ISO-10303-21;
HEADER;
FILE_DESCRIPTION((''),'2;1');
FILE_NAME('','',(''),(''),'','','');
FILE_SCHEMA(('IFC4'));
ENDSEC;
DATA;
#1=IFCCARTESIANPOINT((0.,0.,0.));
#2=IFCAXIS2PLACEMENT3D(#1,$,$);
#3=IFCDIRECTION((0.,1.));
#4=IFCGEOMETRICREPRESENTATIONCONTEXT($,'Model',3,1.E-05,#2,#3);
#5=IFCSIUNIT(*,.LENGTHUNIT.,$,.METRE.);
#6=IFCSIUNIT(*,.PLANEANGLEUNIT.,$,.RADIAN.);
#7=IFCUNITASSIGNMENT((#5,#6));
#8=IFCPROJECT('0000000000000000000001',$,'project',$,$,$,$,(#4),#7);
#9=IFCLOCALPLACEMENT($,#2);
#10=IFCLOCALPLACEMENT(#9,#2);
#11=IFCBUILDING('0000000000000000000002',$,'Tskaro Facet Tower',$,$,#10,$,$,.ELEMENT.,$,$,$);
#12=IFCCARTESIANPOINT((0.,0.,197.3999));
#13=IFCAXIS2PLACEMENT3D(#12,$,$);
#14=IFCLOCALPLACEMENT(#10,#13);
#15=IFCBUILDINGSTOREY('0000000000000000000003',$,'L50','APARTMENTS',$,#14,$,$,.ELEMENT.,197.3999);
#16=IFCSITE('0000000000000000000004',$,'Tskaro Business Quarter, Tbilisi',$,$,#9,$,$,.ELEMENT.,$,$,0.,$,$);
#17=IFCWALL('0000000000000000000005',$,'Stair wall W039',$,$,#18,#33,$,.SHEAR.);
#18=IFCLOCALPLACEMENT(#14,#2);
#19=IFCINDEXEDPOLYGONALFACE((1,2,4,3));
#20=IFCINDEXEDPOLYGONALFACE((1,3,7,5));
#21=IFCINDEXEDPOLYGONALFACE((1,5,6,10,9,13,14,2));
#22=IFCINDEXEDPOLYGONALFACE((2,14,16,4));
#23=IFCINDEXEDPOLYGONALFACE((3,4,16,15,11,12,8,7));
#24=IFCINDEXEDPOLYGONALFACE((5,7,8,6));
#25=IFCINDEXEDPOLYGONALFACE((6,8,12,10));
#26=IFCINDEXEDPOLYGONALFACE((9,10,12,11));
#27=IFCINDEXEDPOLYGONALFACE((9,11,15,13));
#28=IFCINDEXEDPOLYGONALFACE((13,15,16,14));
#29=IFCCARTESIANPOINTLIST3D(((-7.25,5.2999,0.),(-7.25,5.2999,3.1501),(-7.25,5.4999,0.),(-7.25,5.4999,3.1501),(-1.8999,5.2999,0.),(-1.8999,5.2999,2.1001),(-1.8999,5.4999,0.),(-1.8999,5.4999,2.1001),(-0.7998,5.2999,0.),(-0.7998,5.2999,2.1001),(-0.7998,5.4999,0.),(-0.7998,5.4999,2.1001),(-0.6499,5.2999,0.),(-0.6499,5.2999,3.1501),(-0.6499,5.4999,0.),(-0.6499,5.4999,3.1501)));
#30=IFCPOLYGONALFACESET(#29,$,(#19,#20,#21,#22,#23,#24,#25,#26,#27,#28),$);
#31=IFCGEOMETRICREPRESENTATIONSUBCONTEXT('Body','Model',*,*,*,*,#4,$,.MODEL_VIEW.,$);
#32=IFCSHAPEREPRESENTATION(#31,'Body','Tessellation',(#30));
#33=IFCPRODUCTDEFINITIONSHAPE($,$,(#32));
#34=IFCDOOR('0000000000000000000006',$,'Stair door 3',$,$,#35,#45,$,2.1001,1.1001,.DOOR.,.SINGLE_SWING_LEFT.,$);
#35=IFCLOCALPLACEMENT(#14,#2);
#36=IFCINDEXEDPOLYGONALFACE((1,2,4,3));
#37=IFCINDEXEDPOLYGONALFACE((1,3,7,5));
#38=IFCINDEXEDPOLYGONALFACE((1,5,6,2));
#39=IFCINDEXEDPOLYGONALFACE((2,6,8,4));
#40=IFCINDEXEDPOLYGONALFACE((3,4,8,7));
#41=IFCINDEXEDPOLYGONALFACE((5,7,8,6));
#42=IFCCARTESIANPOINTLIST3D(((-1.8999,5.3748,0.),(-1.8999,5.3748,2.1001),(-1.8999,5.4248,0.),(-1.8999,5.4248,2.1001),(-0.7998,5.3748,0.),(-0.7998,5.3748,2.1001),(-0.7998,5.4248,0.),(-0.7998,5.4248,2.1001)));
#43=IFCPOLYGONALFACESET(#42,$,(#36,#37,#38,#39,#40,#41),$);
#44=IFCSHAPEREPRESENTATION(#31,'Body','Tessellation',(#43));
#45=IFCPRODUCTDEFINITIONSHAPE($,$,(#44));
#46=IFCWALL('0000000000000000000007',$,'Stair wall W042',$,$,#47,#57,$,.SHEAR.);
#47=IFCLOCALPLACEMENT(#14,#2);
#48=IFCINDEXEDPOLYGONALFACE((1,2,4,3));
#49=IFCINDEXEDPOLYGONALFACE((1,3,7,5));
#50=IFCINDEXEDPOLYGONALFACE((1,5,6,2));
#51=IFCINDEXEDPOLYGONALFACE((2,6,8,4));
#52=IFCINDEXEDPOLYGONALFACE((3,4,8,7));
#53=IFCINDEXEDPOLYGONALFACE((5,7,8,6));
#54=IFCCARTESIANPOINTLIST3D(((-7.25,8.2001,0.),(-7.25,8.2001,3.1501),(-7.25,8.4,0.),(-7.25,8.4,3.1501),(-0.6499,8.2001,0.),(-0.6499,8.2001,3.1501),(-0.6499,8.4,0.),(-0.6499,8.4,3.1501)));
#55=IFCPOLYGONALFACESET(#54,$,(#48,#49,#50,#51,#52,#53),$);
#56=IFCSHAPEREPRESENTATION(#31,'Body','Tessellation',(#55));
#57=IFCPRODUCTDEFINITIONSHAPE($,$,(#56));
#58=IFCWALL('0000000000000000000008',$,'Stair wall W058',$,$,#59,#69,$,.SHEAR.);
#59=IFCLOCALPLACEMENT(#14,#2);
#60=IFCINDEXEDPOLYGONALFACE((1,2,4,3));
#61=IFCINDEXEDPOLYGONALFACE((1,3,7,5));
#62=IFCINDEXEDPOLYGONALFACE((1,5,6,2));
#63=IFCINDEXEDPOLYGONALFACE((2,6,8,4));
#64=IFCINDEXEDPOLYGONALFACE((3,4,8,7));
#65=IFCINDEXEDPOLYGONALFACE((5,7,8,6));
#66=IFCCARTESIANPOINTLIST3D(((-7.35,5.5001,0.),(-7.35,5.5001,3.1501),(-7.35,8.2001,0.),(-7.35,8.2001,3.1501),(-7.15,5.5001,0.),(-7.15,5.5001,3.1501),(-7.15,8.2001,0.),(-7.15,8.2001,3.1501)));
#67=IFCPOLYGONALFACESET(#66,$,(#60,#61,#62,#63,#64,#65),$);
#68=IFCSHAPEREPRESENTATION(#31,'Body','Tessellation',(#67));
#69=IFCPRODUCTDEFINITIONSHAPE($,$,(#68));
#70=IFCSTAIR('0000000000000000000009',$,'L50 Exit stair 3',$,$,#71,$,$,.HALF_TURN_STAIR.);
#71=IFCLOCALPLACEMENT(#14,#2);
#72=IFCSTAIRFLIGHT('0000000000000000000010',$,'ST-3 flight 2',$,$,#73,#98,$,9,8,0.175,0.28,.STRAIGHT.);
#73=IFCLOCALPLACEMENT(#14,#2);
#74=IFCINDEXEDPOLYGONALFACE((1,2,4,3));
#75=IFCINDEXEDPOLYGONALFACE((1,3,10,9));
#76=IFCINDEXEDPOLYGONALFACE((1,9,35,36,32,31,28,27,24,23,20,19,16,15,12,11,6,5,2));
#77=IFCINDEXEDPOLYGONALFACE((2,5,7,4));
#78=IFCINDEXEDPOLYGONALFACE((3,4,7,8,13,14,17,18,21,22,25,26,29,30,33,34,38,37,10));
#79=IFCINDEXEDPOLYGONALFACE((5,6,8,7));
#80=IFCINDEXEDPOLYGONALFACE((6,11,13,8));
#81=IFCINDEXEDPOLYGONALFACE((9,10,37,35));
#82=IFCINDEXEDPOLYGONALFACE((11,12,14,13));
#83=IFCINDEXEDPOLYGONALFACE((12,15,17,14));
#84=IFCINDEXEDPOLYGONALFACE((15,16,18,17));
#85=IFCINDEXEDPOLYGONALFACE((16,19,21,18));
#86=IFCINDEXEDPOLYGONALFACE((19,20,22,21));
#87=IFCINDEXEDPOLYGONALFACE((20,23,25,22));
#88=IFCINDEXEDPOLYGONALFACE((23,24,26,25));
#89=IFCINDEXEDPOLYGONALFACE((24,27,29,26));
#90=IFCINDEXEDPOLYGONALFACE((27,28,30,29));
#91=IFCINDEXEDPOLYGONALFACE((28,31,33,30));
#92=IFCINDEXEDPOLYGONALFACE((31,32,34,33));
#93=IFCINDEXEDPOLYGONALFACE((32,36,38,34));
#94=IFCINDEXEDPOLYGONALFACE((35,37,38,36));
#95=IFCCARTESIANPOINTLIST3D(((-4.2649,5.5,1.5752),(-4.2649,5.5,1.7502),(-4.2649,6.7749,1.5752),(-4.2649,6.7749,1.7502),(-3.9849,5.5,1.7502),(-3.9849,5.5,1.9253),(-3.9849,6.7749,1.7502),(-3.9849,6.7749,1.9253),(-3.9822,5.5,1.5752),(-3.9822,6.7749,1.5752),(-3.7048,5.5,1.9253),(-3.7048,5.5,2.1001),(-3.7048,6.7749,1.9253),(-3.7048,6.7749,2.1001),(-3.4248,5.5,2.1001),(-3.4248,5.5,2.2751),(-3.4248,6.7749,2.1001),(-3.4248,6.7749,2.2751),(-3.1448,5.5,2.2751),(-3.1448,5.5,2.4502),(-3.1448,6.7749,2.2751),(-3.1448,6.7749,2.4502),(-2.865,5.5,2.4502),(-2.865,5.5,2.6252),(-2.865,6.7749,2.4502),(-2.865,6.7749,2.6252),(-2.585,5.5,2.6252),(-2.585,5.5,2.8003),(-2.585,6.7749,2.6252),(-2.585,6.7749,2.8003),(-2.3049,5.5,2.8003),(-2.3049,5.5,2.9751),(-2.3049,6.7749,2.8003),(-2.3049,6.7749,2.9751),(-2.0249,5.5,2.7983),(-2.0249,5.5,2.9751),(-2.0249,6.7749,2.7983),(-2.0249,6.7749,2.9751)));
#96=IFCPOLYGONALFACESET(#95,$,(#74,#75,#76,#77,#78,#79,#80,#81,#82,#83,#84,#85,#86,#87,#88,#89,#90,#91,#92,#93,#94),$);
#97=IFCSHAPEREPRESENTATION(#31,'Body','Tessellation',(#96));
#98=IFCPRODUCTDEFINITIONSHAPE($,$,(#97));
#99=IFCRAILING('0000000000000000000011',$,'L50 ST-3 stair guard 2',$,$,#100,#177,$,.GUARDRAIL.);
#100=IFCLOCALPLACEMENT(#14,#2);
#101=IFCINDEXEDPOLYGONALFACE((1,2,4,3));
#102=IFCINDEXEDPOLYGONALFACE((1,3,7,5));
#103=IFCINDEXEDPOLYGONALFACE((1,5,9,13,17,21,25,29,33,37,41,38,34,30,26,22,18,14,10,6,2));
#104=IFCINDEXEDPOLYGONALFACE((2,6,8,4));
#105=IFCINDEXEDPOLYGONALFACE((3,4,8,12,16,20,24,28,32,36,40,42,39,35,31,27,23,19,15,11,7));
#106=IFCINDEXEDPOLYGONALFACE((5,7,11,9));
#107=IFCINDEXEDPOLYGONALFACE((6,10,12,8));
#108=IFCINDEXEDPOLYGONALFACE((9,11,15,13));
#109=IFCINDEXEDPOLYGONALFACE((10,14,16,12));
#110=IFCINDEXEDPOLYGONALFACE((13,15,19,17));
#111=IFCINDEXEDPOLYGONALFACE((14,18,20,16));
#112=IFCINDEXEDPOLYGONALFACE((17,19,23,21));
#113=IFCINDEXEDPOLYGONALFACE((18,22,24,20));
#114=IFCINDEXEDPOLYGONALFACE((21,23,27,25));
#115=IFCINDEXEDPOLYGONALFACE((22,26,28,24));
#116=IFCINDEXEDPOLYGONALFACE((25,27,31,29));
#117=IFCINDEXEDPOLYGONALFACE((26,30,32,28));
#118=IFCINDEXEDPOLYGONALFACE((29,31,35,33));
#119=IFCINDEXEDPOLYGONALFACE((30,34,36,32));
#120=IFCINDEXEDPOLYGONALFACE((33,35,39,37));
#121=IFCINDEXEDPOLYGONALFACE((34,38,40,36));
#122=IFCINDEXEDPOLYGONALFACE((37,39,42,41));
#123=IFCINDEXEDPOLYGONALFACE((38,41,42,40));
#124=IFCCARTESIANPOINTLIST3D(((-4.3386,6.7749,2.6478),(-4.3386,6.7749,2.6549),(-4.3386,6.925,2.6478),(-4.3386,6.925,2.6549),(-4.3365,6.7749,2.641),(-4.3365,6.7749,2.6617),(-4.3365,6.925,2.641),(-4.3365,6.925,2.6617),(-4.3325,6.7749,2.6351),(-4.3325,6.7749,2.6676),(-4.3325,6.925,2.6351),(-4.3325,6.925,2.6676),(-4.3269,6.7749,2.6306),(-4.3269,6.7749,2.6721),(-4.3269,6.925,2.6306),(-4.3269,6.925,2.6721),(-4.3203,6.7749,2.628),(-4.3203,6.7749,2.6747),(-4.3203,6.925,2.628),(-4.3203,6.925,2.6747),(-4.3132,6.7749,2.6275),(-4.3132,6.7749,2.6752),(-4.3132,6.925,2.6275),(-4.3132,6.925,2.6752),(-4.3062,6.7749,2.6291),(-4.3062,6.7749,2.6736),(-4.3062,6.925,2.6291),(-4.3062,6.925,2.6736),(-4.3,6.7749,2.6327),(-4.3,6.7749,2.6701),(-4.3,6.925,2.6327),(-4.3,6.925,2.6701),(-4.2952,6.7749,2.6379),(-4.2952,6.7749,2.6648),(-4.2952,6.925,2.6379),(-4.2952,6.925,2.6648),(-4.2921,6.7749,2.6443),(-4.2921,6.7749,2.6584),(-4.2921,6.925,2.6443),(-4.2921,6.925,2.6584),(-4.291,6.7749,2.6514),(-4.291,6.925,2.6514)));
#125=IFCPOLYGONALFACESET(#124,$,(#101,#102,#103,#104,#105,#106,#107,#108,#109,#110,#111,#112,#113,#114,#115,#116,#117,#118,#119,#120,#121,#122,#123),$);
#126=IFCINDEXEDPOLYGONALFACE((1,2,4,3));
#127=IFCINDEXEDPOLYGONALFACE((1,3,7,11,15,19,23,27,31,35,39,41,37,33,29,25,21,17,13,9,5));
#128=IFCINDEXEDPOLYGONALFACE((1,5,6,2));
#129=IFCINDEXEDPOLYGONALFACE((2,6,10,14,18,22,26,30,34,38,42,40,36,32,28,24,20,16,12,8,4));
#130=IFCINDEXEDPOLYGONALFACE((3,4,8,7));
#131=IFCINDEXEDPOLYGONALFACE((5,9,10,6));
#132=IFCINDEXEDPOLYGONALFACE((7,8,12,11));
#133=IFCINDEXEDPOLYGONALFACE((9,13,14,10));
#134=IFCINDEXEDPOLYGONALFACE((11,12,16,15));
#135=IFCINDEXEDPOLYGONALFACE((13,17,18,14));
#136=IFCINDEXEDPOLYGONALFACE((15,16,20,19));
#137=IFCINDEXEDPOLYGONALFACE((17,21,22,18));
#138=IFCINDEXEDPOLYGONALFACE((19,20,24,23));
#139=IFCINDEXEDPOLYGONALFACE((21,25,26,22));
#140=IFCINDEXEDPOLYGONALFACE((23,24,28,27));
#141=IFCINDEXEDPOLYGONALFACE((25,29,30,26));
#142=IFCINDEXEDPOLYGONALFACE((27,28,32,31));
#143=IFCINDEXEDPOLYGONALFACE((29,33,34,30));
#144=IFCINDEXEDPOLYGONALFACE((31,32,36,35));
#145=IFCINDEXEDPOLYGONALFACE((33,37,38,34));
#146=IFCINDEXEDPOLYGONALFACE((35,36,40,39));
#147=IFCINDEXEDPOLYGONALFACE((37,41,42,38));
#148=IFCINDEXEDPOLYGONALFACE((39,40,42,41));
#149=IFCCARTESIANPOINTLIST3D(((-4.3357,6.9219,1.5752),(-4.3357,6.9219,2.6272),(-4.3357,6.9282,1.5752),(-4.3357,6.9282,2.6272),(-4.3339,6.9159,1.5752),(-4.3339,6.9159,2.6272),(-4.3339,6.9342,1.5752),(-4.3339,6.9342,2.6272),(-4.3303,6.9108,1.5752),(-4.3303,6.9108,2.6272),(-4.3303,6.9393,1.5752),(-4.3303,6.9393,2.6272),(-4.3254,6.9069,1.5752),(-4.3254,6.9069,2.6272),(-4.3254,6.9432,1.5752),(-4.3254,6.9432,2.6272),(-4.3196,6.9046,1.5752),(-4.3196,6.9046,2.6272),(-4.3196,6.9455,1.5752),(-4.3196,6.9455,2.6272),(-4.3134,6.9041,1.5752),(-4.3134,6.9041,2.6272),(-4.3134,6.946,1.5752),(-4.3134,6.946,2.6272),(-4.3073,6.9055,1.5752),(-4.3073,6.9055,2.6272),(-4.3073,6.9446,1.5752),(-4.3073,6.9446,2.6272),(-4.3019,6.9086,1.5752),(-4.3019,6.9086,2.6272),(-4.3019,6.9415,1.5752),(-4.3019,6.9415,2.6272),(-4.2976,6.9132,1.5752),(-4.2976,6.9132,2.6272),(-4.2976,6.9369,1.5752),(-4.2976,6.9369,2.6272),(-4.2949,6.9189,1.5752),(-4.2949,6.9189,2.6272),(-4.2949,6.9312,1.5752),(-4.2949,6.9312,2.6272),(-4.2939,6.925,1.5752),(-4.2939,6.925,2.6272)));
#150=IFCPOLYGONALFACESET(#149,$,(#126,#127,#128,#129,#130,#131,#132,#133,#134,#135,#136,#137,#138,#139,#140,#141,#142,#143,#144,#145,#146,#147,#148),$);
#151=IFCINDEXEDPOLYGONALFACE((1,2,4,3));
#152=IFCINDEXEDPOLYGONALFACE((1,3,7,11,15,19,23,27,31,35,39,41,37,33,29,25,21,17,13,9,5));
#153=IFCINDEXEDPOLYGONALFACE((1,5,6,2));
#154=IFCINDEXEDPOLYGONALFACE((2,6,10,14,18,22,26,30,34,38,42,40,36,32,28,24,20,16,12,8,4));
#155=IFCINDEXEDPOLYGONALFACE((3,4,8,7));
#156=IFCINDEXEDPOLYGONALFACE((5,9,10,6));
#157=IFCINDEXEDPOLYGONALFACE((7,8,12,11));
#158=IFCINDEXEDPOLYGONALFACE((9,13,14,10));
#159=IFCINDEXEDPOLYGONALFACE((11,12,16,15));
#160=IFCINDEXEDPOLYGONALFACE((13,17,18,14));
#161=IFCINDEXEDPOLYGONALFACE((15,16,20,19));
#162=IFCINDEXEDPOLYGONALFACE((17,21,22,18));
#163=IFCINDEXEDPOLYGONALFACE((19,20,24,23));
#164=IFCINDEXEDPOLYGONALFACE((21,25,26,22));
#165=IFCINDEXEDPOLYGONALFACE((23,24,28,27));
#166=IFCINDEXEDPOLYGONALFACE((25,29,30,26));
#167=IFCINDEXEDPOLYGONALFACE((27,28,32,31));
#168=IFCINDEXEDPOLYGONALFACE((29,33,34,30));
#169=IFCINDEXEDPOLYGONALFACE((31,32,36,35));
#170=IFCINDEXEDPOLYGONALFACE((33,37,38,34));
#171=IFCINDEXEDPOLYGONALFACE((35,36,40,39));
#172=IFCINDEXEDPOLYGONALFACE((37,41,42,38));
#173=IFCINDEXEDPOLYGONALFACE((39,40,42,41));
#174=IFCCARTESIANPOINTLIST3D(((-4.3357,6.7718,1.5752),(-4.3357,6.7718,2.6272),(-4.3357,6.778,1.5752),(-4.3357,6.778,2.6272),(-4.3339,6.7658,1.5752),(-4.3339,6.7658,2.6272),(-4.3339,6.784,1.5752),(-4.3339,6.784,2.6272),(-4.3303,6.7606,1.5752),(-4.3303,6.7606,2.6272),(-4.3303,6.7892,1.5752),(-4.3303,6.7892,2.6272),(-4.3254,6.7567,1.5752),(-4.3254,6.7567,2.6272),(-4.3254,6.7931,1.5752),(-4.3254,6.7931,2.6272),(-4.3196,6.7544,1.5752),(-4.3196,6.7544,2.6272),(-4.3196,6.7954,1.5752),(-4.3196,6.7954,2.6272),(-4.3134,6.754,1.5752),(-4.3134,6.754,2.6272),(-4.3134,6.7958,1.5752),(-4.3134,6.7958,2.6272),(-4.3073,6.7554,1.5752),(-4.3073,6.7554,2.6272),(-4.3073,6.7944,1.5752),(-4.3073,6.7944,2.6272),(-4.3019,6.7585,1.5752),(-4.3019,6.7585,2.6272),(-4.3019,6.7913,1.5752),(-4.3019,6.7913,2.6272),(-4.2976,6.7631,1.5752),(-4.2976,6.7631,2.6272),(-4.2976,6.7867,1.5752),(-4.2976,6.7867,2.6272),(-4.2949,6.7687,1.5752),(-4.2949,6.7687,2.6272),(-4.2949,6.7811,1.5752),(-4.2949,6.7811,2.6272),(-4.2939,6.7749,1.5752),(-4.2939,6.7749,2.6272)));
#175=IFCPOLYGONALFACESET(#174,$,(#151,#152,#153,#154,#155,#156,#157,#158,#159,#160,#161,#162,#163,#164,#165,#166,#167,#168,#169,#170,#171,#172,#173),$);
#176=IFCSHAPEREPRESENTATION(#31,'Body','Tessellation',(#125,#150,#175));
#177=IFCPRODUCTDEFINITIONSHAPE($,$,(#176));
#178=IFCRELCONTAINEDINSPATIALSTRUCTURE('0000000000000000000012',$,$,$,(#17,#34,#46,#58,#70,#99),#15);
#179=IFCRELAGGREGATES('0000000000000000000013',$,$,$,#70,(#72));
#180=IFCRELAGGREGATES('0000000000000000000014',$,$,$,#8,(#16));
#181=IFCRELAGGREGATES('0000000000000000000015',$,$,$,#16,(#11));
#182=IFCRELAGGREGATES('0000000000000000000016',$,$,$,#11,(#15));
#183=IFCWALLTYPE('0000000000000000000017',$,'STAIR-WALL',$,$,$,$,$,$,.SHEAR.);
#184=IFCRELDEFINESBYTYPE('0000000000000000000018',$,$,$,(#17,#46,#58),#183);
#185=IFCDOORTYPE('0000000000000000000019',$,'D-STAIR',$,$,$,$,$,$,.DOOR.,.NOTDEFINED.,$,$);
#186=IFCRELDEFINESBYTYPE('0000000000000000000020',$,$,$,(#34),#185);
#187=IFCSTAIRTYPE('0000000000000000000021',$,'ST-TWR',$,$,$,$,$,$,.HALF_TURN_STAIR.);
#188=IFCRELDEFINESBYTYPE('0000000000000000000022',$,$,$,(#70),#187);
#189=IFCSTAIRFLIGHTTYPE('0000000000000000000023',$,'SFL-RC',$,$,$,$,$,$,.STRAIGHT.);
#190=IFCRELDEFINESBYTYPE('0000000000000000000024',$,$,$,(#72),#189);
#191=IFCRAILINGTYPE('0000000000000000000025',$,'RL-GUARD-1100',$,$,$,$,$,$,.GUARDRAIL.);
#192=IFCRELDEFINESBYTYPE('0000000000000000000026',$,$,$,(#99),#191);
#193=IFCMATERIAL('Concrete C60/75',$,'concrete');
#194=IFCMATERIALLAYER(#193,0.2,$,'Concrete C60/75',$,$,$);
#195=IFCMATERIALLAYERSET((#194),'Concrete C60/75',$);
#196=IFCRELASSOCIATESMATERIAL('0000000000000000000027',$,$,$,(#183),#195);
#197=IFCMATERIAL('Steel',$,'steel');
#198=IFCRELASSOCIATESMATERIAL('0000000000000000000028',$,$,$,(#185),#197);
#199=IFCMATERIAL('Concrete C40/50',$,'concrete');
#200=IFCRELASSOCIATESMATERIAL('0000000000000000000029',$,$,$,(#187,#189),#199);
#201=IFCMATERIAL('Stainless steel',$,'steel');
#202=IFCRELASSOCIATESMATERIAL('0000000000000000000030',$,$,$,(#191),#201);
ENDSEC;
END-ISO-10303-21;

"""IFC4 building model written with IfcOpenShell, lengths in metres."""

from ifc_helpers import new_model, si_unit, direction, frame, frame_2d, origin, origin_2d, place, context, subcontext, project, spatial, polyline, rectangle, circle, outline, extrude, material, layer, layer_set, type_object, element, fill, aggregate, save


model = new_model("IFC4")

# Units and contexts
model_context = context("Model", 3, precision=1e-05, world=origin(), true_north=direction((0.0, 1.0)))
body_context = subcontext(model_context, "Body", "Model", "MODEL_VIEW")
ifc_project = project(units=[si_unit("LENGTHUNIT", "METRE"), si_unit("PLANEANGLEUNIT", "RADIAN")], contexts=[model_context])

# Site, building, storey
site_placement = place(None, origin())
site = spatial("IfcSite", under=ifc_project, at=site_placement, Name="Tskaro Business Quarter, Tbilisi", CompositionType="ELEMENT", RefElevation=0.0)
building_placement = place(site_placement, origin())
building = spatial("IfcBuilding", under=site, at=building_placement, Name="Tskaro Facet Tower", CompositionType="ELEMENT")
storey_placement = place(building_placement, frame((0.0, 0.0, 197.3999)))
storey = spatial("IfcBuildingStorey", under=building, at=storey_placement, Name="L50", Description="APARTMENTS", CompositionType="ELEMENT", Elevation=197.3999)

# Shared definitions
ifc_material_1 = material(Name="Concrete C40/50", Category="concrete")
ifc_material_2 = material(Name="Steel", Category="steel")

# Wall, opening, door
ifc_material_3 = material(Name="Concrete C60/75", Category="concrete")
ifc_layer_1 = layer(ifc_material_3, 0.2, Name="Concrete C60/75")
ifc_layer_set_1 = layer_set([ifc_layer_1], Name="Concrete C60/75")
wall_type_1 = type_object("IfcWallType", Name="STAIR-WALL", PredefinedType="SHEAR", material=ifc_layer_set_1)
wall_1_placement = place(storey_placement, frame((-7.25, 5.3999, 0.0), z_axis=(0.0, 0.0, 1.0), x_axis=(1.0, 0.0, 0.0)))
wall_1 = element("IfcWall", 1, at=wall_1_placement, inside=storey, type_object=wall_type_1, Name="Stair wall W039", PredefinedType="SHEAR", context=body_context, shape_type="SweptSolid", body=[
    extrude(rectangle(XDim=6.6001, YDim=0.2, at=frame_2d((3.3, 0.0))), origin(), (0.0, 0.0, 1.0), 3.1501),
])
opening_1_placement = place(wall_1_placement, frame((5.3501, 0.0, 0.0)))
opening_1 = element("IfcOpeningElement", 2, at=opening_1_placement, cuts=wall_1, PredefinedType="OPENING", context=body_context, shape_type="SweptSolid", body=[
    extrude(rectangle(XDim=1.1001, YDim=2.1001, at=frame_2d((0.55, 1.05))), frame((0.0, 0.1099, 0.0), z_axis=(0.0, -1.0, 0.0), x_axis=(1.0, 0.0, 0.0)), (0.0, 0.0, 1.0), 0.22),
])
door_type_1 = type_object("IfcDoorType", Name="D-STAIR", OperationType="NOTDEFINED", PredefinedType="DOOR", material=ifc_material_2)
door_1_placement = place(opening_1_placement, origin())
door_1 = element("IfcDoor", 3, at=door_1_placement, inside=storey, type_object=door_type_1, Name="Stair door 3", OperationType="SINGLE_SWING_LEFT", OverallHeight=2.1001, OverallWidth=1.1001, PredefinedType="DOOR", context=body_context, shape_type="SweptSolid", body=[
    extrude(rectangle(XDim=1.1001, YDim=2.1001, at=frame_2d((0.55, 1.05))), frame((0.0, 0.0249, 0.0), z_axis=(0.0, -1.0, 0.0), x_axis=(1.0, 0.0, 0.0)), (0.0, 0.0, 1.0), 0.05),
])
fill(opening_1, door_1)

# Walls
wall_2_placement = place(storey_placement, frame((-7.25, 8.3, 0.0), z_axis=(0.0, 0.0, 1.0), x_axis=(1.0, 0.0, 0.0)))
element("IfcWall", 4, at=wall_2_placement, inside=storey, type_object=wall_type_1, Name="Stair wall W042", PredefinedType="SHEAR", context=body_context, shape_type="SweptSolid", body=[
    extrude(rectangle(XDim=6.6001, YDim=0.2, at=frame_2d((3.3, 0.0))), origin(), (0.0, 0.0, 1.0), 3.1501),
])
wall_3_placement = place(storey_placement, frame((-7.25, 5.5, 0.0), z_axis=(0.0, 0.0, 1.0), x_axis=(0.0, 1.0, 0.0)))
element("IfcWall", 5, at=wall_3_placement, inside=storey, type_object=wall_type_1, Name="Stair wall W058", PredefinedType="SHEAR", context=body_context, shape_type="SweptSolid", body=[
    extrude(rectangle(XDim=2.7, YDim=0.2, at=frame_2d((1.3501, 0.0))), origin(), (0.0, 0.0, 1.0), 3.1501),
])

# Stair, stair flight
stair_type = type_object("IfcStairType", Name="ST-TWR", PredefinedType="HALF_TURN_STAIR", material=ifc_material_1)
stair_placement = place(storey_placement, origin())
stair = element("IfcStair", 6, at=stair_placement, inside=storey, type_object=stair_type, Name="L50 Exit stair 3", PredefinedType="HALF_TURN_STAIR")
stair_flight_type = type_object("IfcStairFlightType", Name="SFL-RC", PredefinedType="STRAIGHT", material=ifc_material_1)
stair_flight_placement = place(storey_placement, frame((-4.2649, 6.1375, 1.5752), z_axis=(0.0, 0.0, 1.0), x_axis=(1.0, 0.0, 0.0)))
stair_flight = element("IfcStairFlight", 7, at=stair_flight_placement, type_object=stair_flight_type, Name="ST-3 flight 2", NumberOfRisers=9, NumberOfTreads=8, PredefinedType="STRAIGHT", RiserHeight=0.175, TreadLength=0.28, context=body_context, shape_type="SweptSolid", body=[
    extrude(outline(polyline([(0.0, 0.0), (0.0, 0.175), (0.28, 0.175), (0.28, 0.3501), (0.5601, 0.3501), (0.5601, 0.5249), (0.8401, 0.5249), (0.8401, 0.7), (1.1201, 0.7), (1.1201, 0.875), (1.3999, 0.875), (1.3999, 1.05), (1.6799, 1.05), (1.6799, 1.2251), (1.96, 1.2251), (1.96, 1.3999), (2.24, 1.3999), (2.24, 1.575), (2.24, 1.2231), (0.2827, 0.0), (0.0, 0.0)])), frame((0.0, 0.6375, 0.0), z_axis=(0.0, -1.0, 0.0), x_axis=(1.0, 0.0, 0.0)), (0.0, 0.0, 1.0), 1.2749),
])
aggregate(stair, [stair_flight])

# Railing
ifc_material_4 = material(Name="Stainless steel", Category="steel")
railing_type_1 = type_object("IfcRailingType", Name="RL-GUARD-1100", PredefinedType="GUARDRAIL", material=ifc_material_4)
railing_1_placement = place(storey_placement, frame((-4.3149, 6.925, 1.5752)))
element("IfcRailing", 8, at=railing_1_placement, inside=storey, type_object=railing_type_1, Name="L50 ST-3 stair guard 2", PredefinedType="GUARDRAIL", context=body_context, shape_type="SweptSolid", body=[
    extrude(circle(Radius=0.0239, at=origin_2d()), frame((0.0, 0.0, 1.0762), z_axis=(0.0, -1.0, 0.0), x_axis=(1.0, 0.0, 0.0)), (0.0, 0.0, 1.0), 0.1501),
    extrude(circle(Radius=0.021, at=origin_2d()), origin(), (0.0, 0.0, 1.0), 1.052),
    extrude(circle(Radius=0.021, at=origin_2d()), frame((0.0, -0.1501, 0.0)), (0.0, 0.0, 1.0), 1.052),
])

save(model, "model.ifc")
